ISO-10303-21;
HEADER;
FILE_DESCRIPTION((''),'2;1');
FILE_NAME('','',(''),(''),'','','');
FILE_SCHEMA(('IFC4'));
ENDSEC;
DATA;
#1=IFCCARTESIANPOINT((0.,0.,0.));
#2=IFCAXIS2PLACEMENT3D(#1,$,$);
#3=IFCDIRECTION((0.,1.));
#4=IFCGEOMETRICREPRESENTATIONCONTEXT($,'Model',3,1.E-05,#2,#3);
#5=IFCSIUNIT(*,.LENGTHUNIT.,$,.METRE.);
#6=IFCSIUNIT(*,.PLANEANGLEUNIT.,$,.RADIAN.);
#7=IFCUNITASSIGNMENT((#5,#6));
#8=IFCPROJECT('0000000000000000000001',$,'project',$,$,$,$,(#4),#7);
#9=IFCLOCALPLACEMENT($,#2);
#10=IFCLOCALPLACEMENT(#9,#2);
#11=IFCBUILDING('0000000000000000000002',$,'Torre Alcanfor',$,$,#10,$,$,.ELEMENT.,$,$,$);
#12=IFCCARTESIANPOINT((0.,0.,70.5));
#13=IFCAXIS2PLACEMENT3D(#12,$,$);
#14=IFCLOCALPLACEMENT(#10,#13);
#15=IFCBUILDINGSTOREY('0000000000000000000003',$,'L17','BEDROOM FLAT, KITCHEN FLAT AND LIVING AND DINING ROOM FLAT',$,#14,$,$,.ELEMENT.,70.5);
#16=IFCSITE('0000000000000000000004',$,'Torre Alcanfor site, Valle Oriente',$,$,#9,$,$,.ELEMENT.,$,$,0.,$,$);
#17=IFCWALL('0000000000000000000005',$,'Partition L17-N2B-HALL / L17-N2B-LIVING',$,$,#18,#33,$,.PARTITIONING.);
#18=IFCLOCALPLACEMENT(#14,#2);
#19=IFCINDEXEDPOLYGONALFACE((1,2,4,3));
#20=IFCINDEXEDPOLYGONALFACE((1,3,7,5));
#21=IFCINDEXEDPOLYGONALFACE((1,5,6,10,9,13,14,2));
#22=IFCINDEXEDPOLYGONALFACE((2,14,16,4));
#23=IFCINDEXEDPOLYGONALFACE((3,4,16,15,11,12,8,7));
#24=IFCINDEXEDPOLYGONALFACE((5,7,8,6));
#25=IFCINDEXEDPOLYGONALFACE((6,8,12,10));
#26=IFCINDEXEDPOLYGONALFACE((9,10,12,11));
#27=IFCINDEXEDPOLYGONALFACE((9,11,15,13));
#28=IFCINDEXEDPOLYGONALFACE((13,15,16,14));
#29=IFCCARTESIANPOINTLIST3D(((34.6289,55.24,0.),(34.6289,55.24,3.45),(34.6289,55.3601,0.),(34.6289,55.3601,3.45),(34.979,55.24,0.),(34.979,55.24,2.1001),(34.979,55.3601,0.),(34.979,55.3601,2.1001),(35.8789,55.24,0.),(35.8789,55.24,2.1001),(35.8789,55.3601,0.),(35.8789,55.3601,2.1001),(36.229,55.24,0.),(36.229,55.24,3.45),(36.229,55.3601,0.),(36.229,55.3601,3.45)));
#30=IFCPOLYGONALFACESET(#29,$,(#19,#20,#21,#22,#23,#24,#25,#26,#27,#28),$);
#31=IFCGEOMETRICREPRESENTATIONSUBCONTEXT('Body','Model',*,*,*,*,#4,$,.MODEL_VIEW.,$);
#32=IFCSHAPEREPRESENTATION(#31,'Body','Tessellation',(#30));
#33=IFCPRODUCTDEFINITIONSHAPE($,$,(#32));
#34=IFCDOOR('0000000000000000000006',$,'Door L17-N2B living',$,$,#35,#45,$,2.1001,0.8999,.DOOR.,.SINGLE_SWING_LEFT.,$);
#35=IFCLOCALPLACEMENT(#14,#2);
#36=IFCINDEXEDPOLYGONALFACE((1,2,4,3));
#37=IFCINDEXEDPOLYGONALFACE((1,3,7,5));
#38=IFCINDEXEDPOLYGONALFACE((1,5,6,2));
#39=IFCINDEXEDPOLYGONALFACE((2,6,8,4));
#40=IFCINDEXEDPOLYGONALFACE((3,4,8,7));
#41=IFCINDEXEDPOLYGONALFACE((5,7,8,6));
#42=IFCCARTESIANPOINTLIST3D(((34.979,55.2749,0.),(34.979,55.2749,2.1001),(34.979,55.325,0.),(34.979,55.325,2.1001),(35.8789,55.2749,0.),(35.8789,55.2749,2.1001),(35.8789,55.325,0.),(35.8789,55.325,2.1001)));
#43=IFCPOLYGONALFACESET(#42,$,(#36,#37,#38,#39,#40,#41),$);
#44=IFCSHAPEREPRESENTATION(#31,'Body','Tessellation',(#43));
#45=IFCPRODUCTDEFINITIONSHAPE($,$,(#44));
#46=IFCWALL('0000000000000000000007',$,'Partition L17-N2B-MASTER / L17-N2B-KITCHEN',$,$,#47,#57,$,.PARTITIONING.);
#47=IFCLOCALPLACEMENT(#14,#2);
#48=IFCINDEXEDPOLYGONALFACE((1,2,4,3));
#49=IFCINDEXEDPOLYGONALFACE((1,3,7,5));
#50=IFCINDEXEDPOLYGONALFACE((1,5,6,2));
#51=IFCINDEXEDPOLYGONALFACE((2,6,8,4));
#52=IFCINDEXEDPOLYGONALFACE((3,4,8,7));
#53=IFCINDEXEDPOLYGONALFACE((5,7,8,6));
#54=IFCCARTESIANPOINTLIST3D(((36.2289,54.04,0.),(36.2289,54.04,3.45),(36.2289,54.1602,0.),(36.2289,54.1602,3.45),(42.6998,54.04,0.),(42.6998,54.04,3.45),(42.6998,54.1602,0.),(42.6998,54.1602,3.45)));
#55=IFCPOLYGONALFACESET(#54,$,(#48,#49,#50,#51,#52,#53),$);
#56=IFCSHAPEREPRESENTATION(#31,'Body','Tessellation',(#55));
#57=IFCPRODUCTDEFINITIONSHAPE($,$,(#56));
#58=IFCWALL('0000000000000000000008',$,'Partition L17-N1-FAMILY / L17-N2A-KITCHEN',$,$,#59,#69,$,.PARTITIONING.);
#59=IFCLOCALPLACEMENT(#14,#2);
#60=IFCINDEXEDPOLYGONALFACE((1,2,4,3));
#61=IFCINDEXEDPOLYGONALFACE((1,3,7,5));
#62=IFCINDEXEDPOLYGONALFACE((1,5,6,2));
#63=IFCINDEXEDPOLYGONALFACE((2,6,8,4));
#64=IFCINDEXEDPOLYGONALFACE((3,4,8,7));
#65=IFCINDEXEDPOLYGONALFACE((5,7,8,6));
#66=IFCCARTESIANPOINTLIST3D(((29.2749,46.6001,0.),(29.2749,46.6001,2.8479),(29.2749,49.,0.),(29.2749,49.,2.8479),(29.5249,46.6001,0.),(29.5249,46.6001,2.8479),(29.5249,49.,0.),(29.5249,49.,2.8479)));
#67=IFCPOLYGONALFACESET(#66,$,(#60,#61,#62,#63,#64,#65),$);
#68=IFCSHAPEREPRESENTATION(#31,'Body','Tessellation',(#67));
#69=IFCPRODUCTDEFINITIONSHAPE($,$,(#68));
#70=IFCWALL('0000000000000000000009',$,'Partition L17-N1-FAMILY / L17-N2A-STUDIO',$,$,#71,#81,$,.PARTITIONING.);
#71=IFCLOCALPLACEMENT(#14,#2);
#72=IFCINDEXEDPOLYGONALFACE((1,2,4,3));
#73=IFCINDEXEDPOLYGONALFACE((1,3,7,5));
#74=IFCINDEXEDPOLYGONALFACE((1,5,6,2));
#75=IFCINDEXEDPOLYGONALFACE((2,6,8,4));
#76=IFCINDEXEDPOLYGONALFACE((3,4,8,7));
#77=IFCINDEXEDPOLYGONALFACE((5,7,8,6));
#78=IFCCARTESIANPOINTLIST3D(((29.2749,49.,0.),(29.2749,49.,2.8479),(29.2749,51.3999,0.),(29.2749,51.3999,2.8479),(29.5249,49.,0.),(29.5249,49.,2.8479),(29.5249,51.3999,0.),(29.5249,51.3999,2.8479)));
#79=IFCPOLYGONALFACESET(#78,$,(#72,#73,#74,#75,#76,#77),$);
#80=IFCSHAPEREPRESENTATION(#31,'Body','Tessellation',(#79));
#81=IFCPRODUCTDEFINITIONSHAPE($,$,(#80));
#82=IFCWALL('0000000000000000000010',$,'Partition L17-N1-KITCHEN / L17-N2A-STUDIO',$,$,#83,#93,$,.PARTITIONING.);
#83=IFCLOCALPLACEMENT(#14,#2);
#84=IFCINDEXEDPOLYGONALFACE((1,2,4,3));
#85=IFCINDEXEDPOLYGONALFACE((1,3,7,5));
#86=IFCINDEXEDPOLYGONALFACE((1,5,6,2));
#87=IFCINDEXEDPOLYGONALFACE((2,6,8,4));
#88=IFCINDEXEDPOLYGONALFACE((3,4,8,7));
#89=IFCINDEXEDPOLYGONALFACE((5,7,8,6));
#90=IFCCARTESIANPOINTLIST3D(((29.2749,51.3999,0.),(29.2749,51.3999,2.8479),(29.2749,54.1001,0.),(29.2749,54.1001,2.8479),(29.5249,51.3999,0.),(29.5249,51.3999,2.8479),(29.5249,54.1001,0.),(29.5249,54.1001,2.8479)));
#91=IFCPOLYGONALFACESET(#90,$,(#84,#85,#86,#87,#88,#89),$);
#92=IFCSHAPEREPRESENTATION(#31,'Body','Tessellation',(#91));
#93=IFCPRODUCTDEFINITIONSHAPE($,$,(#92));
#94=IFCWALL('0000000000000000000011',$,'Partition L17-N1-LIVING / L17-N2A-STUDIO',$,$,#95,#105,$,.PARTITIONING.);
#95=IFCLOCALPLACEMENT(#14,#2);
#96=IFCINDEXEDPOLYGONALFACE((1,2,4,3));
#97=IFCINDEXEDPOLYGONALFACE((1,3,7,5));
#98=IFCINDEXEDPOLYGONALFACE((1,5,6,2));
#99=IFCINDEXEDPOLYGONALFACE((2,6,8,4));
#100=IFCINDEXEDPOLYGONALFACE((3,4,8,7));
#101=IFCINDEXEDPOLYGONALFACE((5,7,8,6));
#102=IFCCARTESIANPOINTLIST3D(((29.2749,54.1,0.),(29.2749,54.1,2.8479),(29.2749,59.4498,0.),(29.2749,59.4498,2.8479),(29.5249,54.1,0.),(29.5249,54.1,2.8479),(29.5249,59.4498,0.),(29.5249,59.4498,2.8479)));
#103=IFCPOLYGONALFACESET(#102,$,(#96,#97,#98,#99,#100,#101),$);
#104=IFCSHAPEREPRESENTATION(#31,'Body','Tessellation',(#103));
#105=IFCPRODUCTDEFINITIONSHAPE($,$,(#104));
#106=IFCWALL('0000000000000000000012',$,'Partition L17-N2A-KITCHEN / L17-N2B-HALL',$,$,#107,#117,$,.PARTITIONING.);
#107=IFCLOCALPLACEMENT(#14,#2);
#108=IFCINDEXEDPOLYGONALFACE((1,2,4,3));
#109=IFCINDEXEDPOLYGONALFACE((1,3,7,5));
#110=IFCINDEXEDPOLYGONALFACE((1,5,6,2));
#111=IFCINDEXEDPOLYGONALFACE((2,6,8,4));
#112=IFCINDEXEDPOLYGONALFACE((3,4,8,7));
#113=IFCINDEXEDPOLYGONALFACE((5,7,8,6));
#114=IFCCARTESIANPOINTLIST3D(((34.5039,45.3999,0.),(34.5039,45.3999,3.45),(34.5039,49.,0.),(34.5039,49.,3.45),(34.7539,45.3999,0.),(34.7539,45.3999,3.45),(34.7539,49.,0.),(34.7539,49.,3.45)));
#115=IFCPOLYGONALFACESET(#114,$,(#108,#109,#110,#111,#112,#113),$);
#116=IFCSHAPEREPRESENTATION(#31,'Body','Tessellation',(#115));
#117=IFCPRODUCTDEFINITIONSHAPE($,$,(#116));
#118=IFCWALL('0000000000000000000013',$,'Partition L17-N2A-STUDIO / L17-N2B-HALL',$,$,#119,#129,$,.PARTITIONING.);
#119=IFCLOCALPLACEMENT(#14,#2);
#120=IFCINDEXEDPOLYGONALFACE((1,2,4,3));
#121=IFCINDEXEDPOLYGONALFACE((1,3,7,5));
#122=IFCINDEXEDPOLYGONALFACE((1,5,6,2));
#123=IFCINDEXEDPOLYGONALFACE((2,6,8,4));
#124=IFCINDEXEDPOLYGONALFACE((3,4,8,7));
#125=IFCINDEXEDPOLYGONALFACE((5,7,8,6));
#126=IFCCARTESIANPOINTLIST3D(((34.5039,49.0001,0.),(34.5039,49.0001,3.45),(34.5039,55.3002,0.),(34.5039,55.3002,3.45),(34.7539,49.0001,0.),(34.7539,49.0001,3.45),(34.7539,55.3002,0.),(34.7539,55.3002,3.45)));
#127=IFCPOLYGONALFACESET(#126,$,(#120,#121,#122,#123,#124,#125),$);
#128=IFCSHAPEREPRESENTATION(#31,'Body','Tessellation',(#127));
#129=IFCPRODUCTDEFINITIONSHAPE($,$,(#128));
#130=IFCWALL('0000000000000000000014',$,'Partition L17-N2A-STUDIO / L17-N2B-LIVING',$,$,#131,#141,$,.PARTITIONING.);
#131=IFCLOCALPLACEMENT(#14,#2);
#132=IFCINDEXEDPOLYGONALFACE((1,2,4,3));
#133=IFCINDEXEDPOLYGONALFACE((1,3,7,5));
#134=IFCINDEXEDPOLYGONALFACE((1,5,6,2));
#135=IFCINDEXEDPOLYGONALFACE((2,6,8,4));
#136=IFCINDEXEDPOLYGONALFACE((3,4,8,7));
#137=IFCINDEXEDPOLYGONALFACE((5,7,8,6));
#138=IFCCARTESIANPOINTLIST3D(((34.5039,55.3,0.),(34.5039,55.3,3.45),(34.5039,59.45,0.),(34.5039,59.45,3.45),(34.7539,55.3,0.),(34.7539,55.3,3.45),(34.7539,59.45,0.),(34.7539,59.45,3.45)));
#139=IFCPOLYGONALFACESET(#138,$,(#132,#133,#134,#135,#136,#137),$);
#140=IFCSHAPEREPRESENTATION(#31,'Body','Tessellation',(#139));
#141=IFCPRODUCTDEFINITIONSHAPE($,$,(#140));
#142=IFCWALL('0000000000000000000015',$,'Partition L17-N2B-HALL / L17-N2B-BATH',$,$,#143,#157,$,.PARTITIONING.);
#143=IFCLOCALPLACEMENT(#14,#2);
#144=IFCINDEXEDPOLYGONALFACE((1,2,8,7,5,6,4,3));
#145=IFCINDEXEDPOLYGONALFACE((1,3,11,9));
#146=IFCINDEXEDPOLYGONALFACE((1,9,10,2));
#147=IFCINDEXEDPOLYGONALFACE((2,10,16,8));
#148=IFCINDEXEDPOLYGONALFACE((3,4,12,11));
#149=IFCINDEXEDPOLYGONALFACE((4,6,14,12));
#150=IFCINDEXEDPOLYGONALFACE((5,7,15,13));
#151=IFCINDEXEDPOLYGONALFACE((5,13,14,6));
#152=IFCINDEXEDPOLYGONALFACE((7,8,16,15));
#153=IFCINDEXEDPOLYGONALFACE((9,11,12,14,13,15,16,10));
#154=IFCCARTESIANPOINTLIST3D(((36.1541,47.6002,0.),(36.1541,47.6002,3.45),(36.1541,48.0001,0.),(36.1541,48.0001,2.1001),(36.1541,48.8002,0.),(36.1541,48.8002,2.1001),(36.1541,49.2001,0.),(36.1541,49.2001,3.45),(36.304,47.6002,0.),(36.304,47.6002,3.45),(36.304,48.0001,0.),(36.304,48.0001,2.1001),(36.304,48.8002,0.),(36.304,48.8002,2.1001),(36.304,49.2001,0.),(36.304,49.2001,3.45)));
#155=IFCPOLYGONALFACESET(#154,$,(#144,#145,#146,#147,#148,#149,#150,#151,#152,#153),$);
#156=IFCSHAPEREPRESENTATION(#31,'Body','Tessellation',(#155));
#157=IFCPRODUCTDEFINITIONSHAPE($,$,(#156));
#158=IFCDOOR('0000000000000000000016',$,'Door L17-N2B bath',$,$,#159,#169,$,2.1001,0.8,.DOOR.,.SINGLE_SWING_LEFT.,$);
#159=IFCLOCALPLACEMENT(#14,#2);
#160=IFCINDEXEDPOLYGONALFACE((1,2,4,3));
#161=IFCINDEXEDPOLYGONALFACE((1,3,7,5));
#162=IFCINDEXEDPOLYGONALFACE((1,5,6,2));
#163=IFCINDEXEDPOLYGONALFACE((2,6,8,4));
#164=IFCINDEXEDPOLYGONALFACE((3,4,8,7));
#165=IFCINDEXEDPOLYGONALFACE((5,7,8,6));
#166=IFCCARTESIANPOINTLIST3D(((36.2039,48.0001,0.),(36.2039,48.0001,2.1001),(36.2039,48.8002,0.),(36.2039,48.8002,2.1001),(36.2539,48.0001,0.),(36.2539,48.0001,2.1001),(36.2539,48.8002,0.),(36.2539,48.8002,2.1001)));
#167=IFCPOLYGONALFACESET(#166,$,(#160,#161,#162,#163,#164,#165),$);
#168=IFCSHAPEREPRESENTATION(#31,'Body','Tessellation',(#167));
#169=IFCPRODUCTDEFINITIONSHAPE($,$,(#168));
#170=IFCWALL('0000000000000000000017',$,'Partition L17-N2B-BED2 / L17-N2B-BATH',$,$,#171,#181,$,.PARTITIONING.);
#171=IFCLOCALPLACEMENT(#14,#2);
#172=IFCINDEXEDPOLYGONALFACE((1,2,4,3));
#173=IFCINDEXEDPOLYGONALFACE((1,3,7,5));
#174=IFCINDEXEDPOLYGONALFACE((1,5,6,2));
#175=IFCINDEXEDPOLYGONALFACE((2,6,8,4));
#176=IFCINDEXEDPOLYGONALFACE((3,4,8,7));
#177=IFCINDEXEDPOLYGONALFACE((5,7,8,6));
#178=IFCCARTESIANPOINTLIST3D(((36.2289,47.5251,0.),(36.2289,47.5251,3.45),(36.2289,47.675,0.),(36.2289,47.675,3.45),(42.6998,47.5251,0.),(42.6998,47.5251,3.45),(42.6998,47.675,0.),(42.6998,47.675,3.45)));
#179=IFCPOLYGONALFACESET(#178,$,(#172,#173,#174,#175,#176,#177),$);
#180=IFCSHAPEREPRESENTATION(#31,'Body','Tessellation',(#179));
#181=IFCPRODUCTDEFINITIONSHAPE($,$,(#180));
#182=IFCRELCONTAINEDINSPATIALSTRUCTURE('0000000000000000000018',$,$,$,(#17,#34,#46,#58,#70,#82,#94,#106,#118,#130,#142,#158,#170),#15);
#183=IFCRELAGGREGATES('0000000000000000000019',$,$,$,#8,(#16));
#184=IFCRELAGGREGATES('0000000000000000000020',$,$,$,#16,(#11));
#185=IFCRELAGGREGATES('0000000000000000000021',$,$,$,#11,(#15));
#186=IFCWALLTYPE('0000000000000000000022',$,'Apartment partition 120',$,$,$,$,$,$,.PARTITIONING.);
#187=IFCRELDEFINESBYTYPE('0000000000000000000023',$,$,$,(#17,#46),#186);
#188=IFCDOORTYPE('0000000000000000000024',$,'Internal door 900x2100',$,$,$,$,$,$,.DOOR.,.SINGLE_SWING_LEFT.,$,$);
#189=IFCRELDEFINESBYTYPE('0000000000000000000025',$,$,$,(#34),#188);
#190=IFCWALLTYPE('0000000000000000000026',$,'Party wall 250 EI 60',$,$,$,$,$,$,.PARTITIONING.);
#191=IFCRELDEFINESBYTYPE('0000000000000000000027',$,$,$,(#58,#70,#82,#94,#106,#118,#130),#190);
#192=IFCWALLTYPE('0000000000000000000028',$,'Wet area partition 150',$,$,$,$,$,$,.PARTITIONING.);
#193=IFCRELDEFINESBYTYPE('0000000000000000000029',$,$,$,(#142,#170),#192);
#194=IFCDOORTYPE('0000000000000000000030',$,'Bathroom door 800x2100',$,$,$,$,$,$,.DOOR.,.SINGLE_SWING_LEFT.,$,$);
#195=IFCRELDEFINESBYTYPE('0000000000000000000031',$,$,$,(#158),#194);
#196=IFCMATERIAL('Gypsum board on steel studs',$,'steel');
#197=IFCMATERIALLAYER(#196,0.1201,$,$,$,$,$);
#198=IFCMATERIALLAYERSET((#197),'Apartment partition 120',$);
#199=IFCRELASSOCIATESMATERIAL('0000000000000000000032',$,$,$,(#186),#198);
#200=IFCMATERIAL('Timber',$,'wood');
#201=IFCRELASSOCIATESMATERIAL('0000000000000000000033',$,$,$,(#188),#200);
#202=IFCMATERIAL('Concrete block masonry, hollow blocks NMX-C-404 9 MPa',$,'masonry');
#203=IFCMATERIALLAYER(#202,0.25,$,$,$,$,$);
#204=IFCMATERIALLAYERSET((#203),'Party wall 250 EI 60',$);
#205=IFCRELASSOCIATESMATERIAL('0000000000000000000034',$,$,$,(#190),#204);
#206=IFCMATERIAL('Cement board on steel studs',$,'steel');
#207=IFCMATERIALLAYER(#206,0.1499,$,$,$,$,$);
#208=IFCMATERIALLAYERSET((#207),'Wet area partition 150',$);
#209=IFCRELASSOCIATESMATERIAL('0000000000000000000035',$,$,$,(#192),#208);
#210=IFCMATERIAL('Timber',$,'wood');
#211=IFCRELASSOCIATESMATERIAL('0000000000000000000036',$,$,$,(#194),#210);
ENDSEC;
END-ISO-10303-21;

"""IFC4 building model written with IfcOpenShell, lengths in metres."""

from ifc_helpers import new_model, si_unit, direction, frame, frame_2d, origin, place, context, subcontext, project, spatial, rectangle, extrude, material, layer, layer_set, type_object, element, fill, save


model = new_model("IFC4")

# Units and contexts
model_context = context("Model", 3, precision=1e-05, world=origin(), true_north=direction((0.0, 1.0)))
body_context = subcontext(model_context, "Body", "Model", "MODEL_VIEW")
ifc_project = project(units=[si_unit("LENGTHUNIT", "METRE"), si_unit("PLANEANGLEUNIT", "RADIAN")], contexts=[model_context])

# Site, building, storey
site_placement = place(None, origin())
site = spatial("IfcSite", under=ifc_project, at=site_placement, Name="Torre Alcanfor site, Valle Oriente", CompositionType="ELEMENT", RefElevation=0.0)
building_placement = place(site_placement, origin())
building = spatial("IfcBuilding", under=site, at=building_placement, Name="Torre Alcanfor", CompositionType="ELEMENT")
storey_placement = place(building_placement, frame((0.0, 0.0, 70.5)))
storey = spatial("IfcBuildingStorey", under=building, at=storey_placement, Name="L17", Description="BEDROOM FLAT, KITCHEN FLAT AND LIVING AND DINING ROOM FLAT", CompositionType="ELEMENT", Elevation=70.5)

# Shared definitions
ifc_material_1 = material(Name="Gypsum board on steel studs", Category="steel")
ifc_layer_1 = layer(ifc_material_1, 0.1201)
ifc_layer_set_1 = layer_set([ifc_layer_1], Name="Apartment partition 120")
wall_type_1 = type_object("IfcWallType", Name="Apartment partition 120", PredefinedType="PARTITIONING", material=ifc_layer_set_1)

# Shared definitions
ifc_material_2 = material(Name="Timber", Category="wood")
door_type_1 = type_object("IfcDoorType", Name="Internal door 900x2100", OperationType="SINGLE_SWING_LEFT", PredefinedType="DOOR", material=ifc_material_2)

# Wall, opening, door
wall_1_placement = place(storey_placement, frame((34.6289, 55.3, 0.0), z_axis=(0.0, 0.0, 1.0), x_axis=(1.0, 0.0, 0.0)))
wall_1 = element("IfcWall", 1, at=wall_1_placement, inside=storey, type_object=wall_type_1, Name="Partition L17-N2B-HALL / L17-N2B-LIVING", PredefinedType="PARTITIONING", context=body_context, shape_type="SweptSolid", body=[
    extrude(rectangle(XDim=1.6001, YDim=0.1201, at=frame_2d((0.8, 0.0))), origin(), (0.0, 0.0, 1.0), 3.45),
])
opening_1_placement = place(wall_1_placement, frame((0.3501, 0.0, 0.0)))
opening_1 = element("IfcOpeningElement", 2, at=opening_1_placement, cuts=wall_1, PredefinedType="OPENING", context=body_context, shape_type="SweptSolid", body=[
    extrude(rectangle(XDim=0.8999, YDim=2.1001, at=frame_2d((0.45, 1.05))), frame((0.0, 0.0701, 0.0), z_axis=(0.0, -1.0, 0.0), x_axis=(1.0, 0.0, 0.0)), (0.0, 0.0, 1.0), 0.1401),
])
door_1_placement = place(opening_1_placement, origin())
door_1 = element("IfcDoor", 3, at=door_1_placement, inside=storey, type_object=door_type_1, Name="Door L17-N2B living", OperationType="SINGLE_SWING_LEFT", OverallHeight=2.1001, OverallWidth=0.8999, PredefinedType="DOOR", context=body_context, shape_type="SweptSolid", body=[
    extrude(rectangle(XDim=0.8999, YDim=2.1001, at=frame_2d((0.45, 1.05))), frame((0.0, 0.0249, 0.0), z_axis=(0.0, -1.0, 0.0), x_axis=(1.0, 0.0, 0.0)), (0.0, 0.0, 1.0), 0.05),
])
fill(opening_1, door_1)

# Walls
wall_2_placement = place(storey_placement, frame((36.229, 54.1001, 0.0), z_axis=(0.0, 0.0, 1.0), x_axis=(1.0, 0.0, 0.0)))
element("IfcWall", 4, at=wall_2_placement, inside=storey, type_object=wall_type_1, Name="Partition L17-N2B-MASTER / L17-N2B-KITCHEN", PredefinedType="PARTITIONING", context=body_context, shape_type="SweptSolid", body=[
    extrude(rectangle(XDim=6.4709, YDim=0.1201, at=frame_2d((3.2354, 0.0))), origin(), (0.0, 0.0, 1.0), 3.45),
])
ifc_material_3 = material(Name="Concrete block masonry, hollow blocks NMX-C-404 9 MPa", Category="masonry")
ifc_layer_2 = layer(ifc_material_3, 0.25)
ifc_layer_set_2 = layer_set([ifc_layer_2], Name="Party wall 250 EI 60")
wall_type_2 = type_object("IfcWallType", Name="Party wall 250 EI 60", PredefinedType="PARTITIONING", material=ifc_layer_set_2)
for number, where, z_axis, x_axis, name in (
    (5, (29.3999, 46.6001, 0.0), (0.0, 0.0, 1.0), (0.0, 1.0, 0.0), "Partition L17-N1-FAMILY / L17-N2A-KITCHEN"),
    (6, (29.3999, 49.0, 0.0), (0.0, 0.0, 1.0), (0.0, 1.0, 0.0), "Partition L17-N1-FAMILY / L17-N2A-STUDIO"),
):
    element("IfcWall", number, at=place(storey_placement, frame(where, z_axis=z_axis, x_axis=x_axis)), inside=storey, type_object=wall_type_2, Name=name, PredefinedType="PARTITIONING", context=body_context, shape_type="SweptSolid", body=[
        extrude(rectangle(XDim=2.3999, YDim=0.25, at=frame_2d((1.2, 0.0))), origin(), (0.0, 0.0, 1.0), 2.8479),
    ])
wall_3_placement = place(storey_placement, frame((29.3999, 51.3999, 0.0), z_axis=(0.0, 0.0, 1.0), x_axis=(0.0, 1.0, 0.0)))
element("IfcWall", 7, at=wall_3_placement, inside=storey, type_object=wall_type_2, Name="Partition L17-N1-KITCHEN / L17-N2A-STUDIO", PredefinedType="PARTITIONING", context=body_context, shape_type="SweptSolid", body=[
    extrude(rectangle(XDim=2.7002, YDim=0.25, at=frame_2d((1.3501, 0.0))), origin(), (0.0, 0.0, 1.0), 2.8479),
])
wall_4_placement = place(storey_placement, frame((29.3999, 54.1001, 0.0), z_axis=(0.0, 0.0, 1.0), x_axis=(0.0, 1.0, 0.0)))
element("IfcWall", 8, at=wall_4_placement, inside=storey, type_object=wall_type_2, Name="Partition L17-N1-LIVING / L17-N2A-STUDIO", PredefinedType="PARTITIONING", context=body_context, shape_type="SweptSolid", body=[
    extrude(rectangle(XDim=5.3499, YDim=0.25, at=frame_2d((2.6748, 0.0))), origin(), (0.0, 0.0, 1.0), 2.8479),
])
wall_5_placement = place(storey_placement, frame((34.6289, 49.0, 0.0), z_axis=(0.0, 0.0, 1.0), x_axis=(0.0, -1.0, 0.0)))
element("IfcWall", 9, at=wall_5_placement, inside=storey, type_object=wall_type_2, Name="Partition L17-N2A-KITCHEN / L17-N2B-HALL", PredefinedType="PARTITIONING", context=body_context, shape_type="SweptSolid", body=[
    extrude(rectangle(XDim=3.6001, YDim=0.25, at=frame_2d((1.8, 0.0))), origin(), (0.0, 0.0, 1.0), 3.45),
])
wall_6_placement = place(storey_placement, frame((34.6289, 55.3, 0.0), z_axis=(0.0, 0.0, 1.0), x_axis=(0.0, -1.0, 0.0)))
element("IfcWall", 10, at=wall_6_placement, inside=storey, type_object=wall_type_2, Name="Partition L17-N2A-STUDIO / L17-N2B-HALL", PredefinedType="PARTITIONING", context=body_context, shape_type="SweptSolid", body=[
    extrude(rectangle(XDim=6.3, YDim=0.25, at=frame_2d((3.1499, 0.0))), origin(), (0.0, 0.0, 1.0), 3.45),
])
wall_7_placement = place(storey_placement, frame((34.6289, 59.45, 0.0), z_axis=(0.0, 0.0, 1.0), x_axis=(0.0, -1.0, 0.0)))
element("IfcWall", 11, at=wall_7_placement, inside=storey, type_object=wall_type_2, Name="Partition L17-N2A-STUDIO / L17-N2B-LIVING", PredefinedType="PARTITIONING", context=body_context, shape_type="SweptSolid", body=[
    extrude(rectangle(XDim=4.1499, YDim=0.25, at=frame_2d((2.075, 0.0))), origin(), (0.0, 0.0, 1.0), 3.45),
])

# Wall, opening, door
ifc_material_4 = material(Name="Cement board on steel studs", Category="steel")
ifc_layer_3 = layer(ifc_material_4, 0.1499)
ifc_layer_set_3 = layer_set([ifc_layer_3], Name="Wet area partition 150")
wall_type_3 = type_object("IfcWallType", Name="Wet area partition 150", PredefinedType="PARTITIONING", material=ifc_layer_set_3)
wall_8_placement = place(storey_placement, frame((36.229, 49.2, 0.0), z_axis=(0.0, 0.0, 1.0), x_axis=(0.0, -1.0, 0.0)))
wall_8 = element("IfcWall", 12, at=wall_8_placement, inside=storey, type_object=wall_type_3, Name="Partition L17-N2B-HALL / L17-N2B-BATH", PredefinedType="PARTITIONING", context=body_context, shape_type="SweptSolid", body=[
    extrude(rectangle(XDim=1.5999, YDim=0.1499, at=frame_2d((0.7998, 0.0))), origin(), (0.0, 0.0, 1.0), 3.45),
])
opening_2_placement = place(wall_8_placement, frame((0.3999, 0.0, 0.0)))
opening_2 = element("IfcOpeningElement", 13, at=opening_2_placement, cuts=wall_8, PredefinedType="OPENING", context=body_context, shape_type="SweptSolid", body=[
    extrude(rectangle(XDim=0.8, YDim=2.1001, at=frame_2d((0.3999, 1.05))), frame((0.0, 0.085, 0.0), z_axis=(0.0, -1.0, 0.0), x_axis=(1.0, 0.0, 0.0)), (0.0, 0.0, 1.0), 0.1699),
])
ifc_material_5 = material(Name="Timber", Category="wood")
door_type_2 = type_object("IfcDoorType", Name="Bathroom door 800x2100", OperationType="SINGLE_SWING_LEFT", PredefinedType="DOOR", material=ifc_material_5)
door_2_placement = place(opening_2_placement, origin())
door_2 = element("IfcDoor", 14, at=door_2_placement, inside=storey, type_object=door_type_2, Name="Door L17-N2B bath", OperationType="SINGLE_SWING_LEFT", OverallHeight=2.1001, OverallWidth=0.8, PredefinedType="DOOR", context=body_context, shape_type="SweptSolid", body=[
    extrude(rectangle(XDim=0.8, YDim=2.1001, at=frame_2d((0.3999, 1.05))), frame((0.0, 0.0249, 0.0), z_axis=(0.0, -1.0, 0.0), x_axis=(1.0, 0.0, 0.0)), (0.0, 0.0, 1.0), 0.05),
])
fill(opening_2, door_2)

# Wall
for number, where, z_axis, x_axis, name in (
    (15, (36.229, 47.6001, 0.0), (0.0, 0.0, 1.0), (1.0, 0.0, 0.0), "Partition L17-N2B-BED2 / L17-N2B-BATH"),
):
    element("IfcWall", number, at=place(storey_placement, frame(where, z_axis=z_axis, x_axis=x_axis)), inside=storey, type_object=wall_type_3, Name=name, PredefinedType="PARTITIONING", context=body_context, shape_type="SweptSolid", body=[
        extrude(rectangle(XDim=6.4709, YDim=0.1499, at=frame_2d((3.2354, 0.0))), origin(), (0.0, 0.0, 1.0), 3.45),
    ])

save(model, "model.ifc")
